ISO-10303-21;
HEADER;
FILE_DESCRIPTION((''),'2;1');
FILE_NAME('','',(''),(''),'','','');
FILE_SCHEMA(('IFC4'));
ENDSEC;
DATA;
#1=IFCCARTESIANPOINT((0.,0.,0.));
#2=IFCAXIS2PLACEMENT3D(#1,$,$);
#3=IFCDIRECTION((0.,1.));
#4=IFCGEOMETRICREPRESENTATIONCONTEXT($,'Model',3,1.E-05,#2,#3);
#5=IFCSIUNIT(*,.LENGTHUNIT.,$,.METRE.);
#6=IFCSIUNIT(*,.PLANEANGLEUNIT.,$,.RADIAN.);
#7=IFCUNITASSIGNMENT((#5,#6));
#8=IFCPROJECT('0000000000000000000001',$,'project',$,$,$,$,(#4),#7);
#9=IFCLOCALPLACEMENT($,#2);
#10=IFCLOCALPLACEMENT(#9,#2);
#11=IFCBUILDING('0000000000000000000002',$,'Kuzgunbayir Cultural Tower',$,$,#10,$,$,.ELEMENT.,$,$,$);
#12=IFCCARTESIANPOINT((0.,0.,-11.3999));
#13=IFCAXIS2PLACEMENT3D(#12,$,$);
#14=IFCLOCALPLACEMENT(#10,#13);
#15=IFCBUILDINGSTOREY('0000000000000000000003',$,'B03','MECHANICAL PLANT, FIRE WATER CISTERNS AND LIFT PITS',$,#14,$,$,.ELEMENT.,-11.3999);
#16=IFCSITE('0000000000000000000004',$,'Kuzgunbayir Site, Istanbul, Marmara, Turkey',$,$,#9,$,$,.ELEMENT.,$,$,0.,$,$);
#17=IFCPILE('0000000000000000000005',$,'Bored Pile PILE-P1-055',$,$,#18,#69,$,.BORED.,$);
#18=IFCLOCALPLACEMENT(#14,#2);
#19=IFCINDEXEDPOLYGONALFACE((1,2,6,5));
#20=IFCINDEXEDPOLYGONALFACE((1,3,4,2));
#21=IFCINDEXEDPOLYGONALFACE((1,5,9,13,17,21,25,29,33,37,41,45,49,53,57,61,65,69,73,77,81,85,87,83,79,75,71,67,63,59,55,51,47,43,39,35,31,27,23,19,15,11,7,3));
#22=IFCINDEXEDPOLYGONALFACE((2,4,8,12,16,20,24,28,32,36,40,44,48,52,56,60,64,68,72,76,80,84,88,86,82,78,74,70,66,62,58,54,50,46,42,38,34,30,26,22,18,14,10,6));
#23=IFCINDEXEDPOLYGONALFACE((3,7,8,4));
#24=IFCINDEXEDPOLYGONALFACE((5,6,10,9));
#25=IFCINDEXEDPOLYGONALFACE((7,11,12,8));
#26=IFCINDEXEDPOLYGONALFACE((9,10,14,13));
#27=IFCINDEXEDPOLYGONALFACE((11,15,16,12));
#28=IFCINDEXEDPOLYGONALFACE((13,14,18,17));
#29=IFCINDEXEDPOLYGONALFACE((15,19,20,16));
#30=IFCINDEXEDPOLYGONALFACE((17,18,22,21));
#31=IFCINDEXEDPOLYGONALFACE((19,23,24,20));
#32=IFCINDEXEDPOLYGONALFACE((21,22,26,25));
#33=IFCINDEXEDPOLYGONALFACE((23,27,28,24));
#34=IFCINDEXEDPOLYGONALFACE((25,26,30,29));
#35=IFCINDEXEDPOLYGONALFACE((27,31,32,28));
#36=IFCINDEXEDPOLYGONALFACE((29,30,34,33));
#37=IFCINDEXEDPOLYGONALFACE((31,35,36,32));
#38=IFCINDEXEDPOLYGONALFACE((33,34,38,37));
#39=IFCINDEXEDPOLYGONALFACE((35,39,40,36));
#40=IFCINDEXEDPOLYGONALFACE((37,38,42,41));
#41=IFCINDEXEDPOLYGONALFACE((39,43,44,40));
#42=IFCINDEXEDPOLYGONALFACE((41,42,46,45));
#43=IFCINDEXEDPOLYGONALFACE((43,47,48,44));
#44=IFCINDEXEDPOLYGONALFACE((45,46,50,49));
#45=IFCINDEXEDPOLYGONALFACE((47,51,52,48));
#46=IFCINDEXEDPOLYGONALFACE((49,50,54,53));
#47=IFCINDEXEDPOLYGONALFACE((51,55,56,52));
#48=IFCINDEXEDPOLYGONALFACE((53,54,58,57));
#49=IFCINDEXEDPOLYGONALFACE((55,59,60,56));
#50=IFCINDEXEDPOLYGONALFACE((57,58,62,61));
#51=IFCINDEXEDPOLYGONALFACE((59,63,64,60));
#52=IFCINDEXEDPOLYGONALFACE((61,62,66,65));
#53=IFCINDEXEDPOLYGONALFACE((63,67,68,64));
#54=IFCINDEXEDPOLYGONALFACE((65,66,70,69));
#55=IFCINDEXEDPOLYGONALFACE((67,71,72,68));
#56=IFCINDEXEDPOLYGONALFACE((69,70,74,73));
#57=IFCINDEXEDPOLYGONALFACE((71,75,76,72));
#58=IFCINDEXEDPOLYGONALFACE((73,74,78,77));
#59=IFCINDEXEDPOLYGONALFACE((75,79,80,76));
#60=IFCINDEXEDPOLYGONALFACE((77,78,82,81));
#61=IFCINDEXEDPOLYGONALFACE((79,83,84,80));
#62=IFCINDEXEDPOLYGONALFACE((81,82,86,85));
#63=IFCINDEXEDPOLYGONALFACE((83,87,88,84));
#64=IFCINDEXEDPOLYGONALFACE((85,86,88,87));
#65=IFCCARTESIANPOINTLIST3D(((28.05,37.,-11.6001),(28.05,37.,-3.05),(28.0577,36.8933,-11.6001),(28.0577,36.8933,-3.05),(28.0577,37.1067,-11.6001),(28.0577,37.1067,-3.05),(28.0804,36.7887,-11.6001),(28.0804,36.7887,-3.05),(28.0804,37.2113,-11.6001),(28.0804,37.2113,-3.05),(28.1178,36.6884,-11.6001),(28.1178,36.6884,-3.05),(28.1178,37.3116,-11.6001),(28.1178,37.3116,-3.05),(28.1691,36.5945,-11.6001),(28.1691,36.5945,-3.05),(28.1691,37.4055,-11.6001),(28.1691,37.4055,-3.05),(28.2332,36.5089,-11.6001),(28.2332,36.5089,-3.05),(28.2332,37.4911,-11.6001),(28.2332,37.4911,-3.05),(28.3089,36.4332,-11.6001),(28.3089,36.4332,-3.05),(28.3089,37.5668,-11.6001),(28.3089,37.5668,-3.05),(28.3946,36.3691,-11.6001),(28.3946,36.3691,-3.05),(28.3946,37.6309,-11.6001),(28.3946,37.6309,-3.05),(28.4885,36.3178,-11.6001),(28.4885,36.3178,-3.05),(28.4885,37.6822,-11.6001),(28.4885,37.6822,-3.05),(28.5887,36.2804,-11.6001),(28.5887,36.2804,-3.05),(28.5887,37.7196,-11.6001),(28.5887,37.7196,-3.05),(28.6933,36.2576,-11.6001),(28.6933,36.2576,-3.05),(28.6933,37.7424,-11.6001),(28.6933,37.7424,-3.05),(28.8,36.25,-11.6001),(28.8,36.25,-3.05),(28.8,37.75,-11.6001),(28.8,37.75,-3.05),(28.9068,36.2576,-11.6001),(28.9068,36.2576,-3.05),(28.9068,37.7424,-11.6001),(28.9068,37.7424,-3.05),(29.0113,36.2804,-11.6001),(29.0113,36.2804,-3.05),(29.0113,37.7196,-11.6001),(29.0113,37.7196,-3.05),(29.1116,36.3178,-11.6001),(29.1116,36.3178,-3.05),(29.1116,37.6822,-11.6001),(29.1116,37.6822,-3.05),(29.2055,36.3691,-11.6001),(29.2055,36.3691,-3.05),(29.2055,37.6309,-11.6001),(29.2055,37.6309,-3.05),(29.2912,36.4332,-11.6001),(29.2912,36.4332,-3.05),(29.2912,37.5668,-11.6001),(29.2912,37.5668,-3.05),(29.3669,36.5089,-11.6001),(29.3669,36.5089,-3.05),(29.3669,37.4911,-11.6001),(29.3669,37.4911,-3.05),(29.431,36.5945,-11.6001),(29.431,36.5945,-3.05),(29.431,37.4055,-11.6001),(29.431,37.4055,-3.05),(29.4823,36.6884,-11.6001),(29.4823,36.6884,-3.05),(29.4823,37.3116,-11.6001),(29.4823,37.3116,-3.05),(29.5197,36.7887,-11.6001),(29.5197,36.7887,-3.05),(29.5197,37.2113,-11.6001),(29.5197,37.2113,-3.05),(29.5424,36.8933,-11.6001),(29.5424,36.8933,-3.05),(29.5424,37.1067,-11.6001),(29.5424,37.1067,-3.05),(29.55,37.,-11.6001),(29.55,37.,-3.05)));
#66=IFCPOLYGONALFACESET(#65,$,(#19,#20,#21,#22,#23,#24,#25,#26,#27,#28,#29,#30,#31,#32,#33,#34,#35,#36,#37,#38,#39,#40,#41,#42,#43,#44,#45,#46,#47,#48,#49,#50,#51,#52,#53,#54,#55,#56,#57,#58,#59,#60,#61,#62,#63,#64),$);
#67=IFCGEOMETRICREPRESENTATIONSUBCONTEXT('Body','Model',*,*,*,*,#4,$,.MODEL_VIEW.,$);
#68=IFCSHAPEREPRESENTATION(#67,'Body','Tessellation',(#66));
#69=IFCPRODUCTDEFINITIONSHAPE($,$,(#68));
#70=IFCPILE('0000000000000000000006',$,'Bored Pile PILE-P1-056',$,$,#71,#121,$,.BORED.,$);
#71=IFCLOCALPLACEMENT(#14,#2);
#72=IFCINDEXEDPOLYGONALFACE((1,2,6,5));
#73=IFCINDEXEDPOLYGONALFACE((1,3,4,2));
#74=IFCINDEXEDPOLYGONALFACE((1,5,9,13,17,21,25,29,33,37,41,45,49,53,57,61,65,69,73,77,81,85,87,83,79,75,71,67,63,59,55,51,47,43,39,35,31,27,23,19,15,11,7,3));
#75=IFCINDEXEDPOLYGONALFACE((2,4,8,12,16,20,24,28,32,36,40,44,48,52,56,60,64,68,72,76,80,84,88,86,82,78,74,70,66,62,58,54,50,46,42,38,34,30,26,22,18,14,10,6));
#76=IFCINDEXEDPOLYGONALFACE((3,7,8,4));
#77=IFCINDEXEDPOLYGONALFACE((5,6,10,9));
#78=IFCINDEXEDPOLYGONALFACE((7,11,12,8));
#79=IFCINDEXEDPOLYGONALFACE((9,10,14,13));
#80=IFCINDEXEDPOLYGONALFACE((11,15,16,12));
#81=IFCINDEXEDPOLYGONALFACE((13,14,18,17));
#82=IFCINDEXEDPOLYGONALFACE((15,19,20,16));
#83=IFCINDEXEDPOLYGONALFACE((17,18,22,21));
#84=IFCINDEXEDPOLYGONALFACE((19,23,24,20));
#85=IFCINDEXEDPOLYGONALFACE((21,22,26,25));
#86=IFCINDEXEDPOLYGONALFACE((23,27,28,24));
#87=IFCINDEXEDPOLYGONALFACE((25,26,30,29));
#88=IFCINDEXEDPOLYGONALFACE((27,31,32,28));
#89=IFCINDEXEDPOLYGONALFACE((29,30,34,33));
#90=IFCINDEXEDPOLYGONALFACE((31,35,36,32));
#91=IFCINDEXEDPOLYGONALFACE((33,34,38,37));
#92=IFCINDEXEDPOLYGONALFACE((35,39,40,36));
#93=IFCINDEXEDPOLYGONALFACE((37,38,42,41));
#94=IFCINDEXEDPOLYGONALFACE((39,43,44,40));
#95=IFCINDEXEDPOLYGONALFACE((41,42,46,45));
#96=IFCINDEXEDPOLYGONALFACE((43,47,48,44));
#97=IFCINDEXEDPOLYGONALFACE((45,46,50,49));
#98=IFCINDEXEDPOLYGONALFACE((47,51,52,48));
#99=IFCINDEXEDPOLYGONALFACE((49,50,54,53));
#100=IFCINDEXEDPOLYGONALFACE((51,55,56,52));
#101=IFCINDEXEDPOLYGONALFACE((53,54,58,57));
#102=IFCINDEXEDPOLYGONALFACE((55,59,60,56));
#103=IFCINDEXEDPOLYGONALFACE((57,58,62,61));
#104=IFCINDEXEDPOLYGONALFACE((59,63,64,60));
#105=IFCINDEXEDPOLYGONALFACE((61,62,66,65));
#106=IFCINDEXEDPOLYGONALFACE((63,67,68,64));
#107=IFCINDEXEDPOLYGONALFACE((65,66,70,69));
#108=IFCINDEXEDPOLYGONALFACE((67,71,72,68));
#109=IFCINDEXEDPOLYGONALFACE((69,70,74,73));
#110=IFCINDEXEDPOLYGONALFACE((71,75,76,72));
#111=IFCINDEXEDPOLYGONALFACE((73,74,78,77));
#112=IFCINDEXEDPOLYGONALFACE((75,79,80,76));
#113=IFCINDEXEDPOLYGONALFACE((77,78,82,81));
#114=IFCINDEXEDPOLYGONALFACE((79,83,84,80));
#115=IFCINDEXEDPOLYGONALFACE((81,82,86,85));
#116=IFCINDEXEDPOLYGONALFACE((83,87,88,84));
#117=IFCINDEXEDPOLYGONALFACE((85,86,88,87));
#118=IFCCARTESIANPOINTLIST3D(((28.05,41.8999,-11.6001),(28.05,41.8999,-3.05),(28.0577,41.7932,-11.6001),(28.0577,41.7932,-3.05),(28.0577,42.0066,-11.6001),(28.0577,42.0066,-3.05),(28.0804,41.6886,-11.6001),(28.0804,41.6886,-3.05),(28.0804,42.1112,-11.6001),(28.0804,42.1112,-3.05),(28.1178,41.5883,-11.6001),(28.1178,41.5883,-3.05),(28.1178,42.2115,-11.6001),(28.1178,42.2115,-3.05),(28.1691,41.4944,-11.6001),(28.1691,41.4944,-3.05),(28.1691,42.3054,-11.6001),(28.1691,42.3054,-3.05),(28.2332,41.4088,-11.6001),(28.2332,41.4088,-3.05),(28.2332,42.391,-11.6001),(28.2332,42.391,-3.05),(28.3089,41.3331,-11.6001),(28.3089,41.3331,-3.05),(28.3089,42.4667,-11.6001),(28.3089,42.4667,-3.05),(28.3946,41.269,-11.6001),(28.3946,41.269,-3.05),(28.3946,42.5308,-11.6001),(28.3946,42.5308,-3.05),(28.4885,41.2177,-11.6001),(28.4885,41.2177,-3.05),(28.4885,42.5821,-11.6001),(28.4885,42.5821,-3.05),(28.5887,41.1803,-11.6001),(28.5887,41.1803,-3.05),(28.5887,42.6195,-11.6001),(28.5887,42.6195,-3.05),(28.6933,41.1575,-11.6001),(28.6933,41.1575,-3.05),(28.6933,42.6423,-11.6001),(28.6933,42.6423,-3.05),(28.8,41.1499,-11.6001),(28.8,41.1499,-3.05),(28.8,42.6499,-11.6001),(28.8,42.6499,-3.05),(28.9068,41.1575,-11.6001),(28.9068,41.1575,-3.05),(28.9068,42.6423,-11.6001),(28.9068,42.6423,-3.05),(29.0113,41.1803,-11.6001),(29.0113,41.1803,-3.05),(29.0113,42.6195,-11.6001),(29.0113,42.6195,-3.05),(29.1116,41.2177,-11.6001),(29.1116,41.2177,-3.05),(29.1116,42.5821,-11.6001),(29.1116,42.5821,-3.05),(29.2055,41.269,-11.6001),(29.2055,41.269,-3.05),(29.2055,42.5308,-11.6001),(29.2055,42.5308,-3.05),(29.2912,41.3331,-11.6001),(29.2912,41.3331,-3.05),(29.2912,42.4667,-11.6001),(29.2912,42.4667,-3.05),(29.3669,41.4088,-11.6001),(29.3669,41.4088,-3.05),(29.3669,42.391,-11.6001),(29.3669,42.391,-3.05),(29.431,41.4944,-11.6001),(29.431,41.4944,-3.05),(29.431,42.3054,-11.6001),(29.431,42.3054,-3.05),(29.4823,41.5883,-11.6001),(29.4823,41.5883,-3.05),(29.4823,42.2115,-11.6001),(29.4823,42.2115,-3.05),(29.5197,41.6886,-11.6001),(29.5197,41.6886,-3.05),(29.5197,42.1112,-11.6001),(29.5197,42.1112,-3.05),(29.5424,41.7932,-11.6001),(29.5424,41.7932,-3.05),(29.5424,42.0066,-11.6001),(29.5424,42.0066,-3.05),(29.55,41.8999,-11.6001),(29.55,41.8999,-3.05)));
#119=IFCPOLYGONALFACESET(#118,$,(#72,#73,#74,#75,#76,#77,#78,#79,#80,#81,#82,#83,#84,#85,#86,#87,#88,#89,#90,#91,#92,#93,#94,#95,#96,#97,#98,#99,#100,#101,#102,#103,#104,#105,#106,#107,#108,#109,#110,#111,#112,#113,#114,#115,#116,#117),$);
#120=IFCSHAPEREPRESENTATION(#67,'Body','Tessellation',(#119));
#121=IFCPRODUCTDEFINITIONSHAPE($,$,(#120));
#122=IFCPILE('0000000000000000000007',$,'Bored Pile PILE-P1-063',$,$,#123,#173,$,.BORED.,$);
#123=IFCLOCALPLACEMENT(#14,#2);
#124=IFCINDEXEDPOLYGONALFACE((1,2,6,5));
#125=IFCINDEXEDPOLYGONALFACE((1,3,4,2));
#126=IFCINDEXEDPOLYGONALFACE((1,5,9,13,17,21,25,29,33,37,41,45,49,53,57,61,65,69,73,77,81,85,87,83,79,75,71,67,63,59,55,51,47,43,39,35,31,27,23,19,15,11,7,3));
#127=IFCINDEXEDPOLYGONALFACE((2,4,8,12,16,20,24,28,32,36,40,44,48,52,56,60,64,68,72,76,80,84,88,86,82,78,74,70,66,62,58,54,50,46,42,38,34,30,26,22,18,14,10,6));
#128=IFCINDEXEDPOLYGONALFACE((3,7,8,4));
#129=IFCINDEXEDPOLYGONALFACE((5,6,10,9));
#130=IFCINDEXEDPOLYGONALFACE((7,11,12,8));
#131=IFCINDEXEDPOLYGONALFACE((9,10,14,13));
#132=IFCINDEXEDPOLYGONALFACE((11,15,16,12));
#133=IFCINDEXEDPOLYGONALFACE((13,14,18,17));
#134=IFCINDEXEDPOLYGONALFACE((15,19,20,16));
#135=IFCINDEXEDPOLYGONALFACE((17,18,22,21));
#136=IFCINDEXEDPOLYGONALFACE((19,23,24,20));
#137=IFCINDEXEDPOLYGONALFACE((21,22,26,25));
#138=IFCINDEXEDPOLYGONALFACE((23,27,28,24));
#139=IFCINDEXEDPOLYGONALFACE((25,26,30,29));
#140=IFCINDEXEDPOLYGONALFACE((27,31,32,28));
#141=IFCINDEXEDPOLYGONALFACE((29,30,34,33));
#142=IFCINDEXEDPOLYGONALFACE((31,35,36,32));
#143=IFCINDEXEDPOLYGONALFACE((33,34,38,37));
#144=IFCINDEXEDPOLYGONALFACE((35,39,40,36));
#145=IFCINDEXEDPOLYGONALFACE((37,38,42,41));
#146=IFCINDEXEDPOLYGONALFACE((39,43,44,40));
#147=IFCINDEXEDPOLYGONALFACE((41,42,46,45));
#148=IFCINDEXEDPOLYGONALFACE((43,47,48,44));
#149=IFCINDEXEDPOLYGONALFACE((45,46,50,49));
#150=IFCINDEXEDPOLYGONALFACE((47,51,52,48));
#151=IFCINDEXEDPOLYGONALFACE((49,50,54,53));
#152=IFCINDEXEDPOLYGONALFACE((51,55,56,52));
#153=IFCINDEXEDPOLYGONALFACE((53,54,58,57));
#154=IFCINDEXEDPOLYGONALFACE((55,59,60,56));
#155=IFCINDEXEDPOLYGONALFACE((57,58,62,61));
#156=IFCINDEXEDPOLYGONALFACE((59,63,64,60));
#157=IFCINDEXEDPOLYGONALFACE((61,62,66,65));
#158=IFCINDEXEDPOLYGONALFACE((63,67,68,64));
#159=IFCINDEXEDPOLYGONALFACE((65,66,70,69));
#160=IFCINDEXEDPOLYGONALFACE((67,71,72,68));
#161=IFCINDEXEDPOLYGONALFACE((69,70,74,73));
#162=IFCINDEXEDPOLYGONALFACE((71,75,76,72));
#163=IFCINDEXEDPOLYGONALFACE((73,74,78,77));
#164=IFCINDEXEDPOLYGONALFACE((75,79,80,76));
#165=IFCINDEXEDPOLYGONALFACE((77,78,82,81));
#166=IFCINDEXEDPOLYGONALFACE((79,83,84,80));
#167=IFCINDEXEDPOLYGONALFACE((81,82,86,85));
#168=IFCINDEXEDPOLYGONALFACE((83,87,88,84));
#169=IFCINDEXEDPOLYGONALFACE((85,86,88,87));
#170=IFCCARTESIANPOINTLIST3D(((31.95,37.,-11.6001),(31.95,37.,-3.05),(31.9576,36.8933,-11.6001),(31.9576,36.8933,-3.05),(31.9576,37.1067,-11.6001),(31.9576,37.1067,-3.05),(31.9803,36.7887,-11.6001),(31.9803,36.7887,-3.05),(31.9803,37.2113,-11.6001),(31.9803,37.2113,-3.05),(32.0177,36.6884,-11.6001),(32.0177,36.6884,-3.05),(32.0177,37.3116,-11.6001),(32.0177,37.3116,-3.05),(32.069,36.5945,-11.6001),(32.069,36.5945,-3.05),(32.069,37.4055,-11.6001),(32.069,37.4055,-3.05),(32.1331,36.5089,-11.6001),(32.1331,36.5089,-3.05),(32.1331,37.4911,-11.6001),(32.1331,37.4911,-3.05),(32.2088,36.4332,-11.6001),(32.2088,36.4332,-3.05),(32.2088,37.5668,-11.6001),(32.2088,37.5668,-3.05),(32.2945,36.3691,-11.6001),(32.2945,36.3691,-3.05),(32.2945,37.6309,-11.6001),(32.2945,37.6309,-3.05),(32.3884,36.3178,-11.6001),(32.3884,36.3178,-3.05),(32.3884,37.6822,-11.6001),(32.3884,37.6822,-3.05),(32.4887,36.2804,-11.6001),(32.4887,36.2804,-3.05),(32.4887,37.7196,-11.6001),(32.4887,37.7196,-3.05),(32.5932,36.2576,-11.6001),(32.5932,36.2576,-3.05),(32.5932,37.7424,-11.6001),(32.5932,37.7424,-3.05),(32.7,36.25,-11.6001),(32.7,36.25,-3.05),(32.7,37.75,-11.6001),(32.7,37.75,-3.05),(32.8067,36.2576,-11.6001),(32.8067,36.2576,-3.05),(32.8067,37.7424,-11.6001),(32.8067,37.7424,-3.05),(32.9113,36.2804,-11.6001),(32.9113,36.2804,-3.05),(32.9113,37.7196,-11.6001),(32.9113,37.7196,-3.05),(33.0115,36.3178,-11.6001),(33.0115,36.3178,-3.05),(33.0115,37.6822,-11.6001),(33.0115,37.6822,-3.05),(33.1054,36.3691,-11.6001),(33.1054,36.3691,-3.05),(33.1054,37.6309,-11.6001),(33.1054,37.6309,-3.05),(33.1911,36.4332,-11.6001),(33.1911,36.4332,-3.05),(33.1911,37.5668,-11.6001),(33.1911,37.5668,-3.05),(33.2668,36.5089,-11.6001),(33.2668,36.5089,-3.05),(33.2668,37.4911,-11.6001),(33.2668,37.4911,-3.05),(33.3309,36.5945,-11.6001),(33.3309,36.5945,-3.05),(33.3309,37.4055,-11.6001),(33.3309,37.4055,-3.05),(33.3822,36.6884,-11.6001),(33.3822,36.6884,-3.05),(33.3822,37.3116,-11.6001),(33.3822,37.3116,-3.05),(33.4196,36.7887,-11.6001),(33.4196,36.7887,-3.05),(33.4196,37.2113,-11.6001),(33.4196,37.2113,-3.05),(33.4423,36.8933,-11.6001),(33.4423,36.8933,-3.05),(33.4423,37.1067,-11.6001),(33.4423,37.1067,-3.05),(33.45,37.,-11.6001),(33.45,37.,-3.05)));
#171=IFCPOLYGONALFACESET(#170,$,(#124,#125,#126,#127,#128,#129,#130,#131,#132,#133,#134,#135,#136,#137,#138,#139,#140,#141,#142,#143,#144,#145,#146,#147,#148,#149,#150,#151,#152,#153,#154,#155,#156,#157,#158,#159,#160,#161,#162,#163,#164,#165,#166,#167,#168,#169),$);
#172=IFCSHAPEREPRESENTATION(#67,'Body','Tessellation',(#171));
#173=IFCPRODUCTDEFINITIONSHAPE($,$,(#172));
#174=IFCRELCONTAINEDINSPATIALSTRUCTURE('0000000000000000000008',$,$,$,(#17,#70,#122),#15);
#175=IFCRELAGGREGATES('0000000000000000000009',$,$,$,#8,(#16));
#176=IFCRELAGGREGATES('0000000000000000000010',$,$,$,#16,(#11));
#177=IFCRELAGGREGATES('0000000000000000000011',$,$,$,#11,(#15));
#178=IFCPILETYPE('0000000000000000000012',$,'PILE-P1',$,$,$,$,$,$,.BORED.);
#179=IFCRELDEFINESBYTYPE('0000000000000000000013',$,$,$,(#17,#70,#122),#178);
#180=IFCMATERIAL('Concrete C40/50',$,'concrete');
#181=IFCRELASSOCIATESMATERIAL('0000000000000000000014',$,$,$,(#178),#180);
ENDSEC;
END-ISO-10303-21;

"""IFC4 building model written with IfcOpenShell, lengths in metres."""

from ifc_helpers import new_model, si_unit, direction, frame, origin, origin_2d, place, context, subcontext, project, spatial, circle, extrude, material, material_profile, profile_set, type_object, element, save


model = new_model("IFC4")

# Units and contexts
model_context = context("Model", 3, precision=1e-05, world=origin(), true_north=direction((0.0, 1.0)))
body_context = subcontext(model_context, "Body", "Model", "MODEL_VIEW")
ifc_project = project(units=[si_unit("LENGTHUNIT", "METRE"), si_unit("PLANEANGLEUNIT", "RADIAN")], contexts=[model_context])

# Site, building, storey
site_placement = place(None, origin())
site = spatial("IfcSite", under=ifc_project, at=site_placement, Name="Kuzgunbayir Site, Istanbul, Marmara, Turkey", CompositionType="ELEMENT", RefElevation=0.0)
building_placement = place(site_placement, origin())
building = spatial("IfcBuilding", under=site, at=building_placement, Name="Kuzgunbayir Cultural Tower", CompositionType="ELEMENT")
storey_placement = place(building_placement, frame((0.0, 0.0, -11.3999)))
storey = spatial("IfcBuildingStorey", under=building, at=storey_placement, Name="B03", Description="MECHANICAL PLANT, FIRE WATER CISTERNS AND LIFT PITS", CompositionType="ELEMENT", Elevation=-11.3999)

# Piles
ifc_material_1 = material(Name="Concrete C40/50", Category="concrete")
ifc_material_profile_1 = material_profile(ifc_material_1, circle(Radius=0.75, at=origin_2d()), Name="BORED PILE 1500")
ifc_profile_set_1 = profile_set([ifc_material_profile_1], Name="Concrete C40/50")
pile_type_1 = type_object("IfcPileType", Name="PILE-P1", PredefinedType="BORED", material=ifc_profile_set_1)
for number, where, z_axis, x_axis, name in (
    (1, (28.8, 37.0, -3.05), (0.0, 0.0, -1.0), (1.0, 0.0, 0.0), "Bored Pile PILE-P1-055"),
    (2, (28.8, 41.8999, -3.05), (0.0, 0.0, -1.0), (1.0, 0.0, 0.0), "Bored Pile PILE-P1-056"),
    (3, (32.7, 37.0, -3.05), (0.0, 0.0, -1.0), (1.0, 0.0, 0.0), "Bored Pile PILE-P1-063"),
):
    element("IfcPile", number, at=place(storey_placement, frame(where, z_axis=z_axis, x_axis=x_axis)), inside=storey, type_object=pile_type_1, Name=name, PredefinedType="BORED", context=body_context, shape_type="SweptSolid", body=[
        extrude(circle(Radius=0.75, at=origin_2d()), origin(), (0.0, 0.0, 1.0), 8.55),
    ])

save(model, "model.ifc")
